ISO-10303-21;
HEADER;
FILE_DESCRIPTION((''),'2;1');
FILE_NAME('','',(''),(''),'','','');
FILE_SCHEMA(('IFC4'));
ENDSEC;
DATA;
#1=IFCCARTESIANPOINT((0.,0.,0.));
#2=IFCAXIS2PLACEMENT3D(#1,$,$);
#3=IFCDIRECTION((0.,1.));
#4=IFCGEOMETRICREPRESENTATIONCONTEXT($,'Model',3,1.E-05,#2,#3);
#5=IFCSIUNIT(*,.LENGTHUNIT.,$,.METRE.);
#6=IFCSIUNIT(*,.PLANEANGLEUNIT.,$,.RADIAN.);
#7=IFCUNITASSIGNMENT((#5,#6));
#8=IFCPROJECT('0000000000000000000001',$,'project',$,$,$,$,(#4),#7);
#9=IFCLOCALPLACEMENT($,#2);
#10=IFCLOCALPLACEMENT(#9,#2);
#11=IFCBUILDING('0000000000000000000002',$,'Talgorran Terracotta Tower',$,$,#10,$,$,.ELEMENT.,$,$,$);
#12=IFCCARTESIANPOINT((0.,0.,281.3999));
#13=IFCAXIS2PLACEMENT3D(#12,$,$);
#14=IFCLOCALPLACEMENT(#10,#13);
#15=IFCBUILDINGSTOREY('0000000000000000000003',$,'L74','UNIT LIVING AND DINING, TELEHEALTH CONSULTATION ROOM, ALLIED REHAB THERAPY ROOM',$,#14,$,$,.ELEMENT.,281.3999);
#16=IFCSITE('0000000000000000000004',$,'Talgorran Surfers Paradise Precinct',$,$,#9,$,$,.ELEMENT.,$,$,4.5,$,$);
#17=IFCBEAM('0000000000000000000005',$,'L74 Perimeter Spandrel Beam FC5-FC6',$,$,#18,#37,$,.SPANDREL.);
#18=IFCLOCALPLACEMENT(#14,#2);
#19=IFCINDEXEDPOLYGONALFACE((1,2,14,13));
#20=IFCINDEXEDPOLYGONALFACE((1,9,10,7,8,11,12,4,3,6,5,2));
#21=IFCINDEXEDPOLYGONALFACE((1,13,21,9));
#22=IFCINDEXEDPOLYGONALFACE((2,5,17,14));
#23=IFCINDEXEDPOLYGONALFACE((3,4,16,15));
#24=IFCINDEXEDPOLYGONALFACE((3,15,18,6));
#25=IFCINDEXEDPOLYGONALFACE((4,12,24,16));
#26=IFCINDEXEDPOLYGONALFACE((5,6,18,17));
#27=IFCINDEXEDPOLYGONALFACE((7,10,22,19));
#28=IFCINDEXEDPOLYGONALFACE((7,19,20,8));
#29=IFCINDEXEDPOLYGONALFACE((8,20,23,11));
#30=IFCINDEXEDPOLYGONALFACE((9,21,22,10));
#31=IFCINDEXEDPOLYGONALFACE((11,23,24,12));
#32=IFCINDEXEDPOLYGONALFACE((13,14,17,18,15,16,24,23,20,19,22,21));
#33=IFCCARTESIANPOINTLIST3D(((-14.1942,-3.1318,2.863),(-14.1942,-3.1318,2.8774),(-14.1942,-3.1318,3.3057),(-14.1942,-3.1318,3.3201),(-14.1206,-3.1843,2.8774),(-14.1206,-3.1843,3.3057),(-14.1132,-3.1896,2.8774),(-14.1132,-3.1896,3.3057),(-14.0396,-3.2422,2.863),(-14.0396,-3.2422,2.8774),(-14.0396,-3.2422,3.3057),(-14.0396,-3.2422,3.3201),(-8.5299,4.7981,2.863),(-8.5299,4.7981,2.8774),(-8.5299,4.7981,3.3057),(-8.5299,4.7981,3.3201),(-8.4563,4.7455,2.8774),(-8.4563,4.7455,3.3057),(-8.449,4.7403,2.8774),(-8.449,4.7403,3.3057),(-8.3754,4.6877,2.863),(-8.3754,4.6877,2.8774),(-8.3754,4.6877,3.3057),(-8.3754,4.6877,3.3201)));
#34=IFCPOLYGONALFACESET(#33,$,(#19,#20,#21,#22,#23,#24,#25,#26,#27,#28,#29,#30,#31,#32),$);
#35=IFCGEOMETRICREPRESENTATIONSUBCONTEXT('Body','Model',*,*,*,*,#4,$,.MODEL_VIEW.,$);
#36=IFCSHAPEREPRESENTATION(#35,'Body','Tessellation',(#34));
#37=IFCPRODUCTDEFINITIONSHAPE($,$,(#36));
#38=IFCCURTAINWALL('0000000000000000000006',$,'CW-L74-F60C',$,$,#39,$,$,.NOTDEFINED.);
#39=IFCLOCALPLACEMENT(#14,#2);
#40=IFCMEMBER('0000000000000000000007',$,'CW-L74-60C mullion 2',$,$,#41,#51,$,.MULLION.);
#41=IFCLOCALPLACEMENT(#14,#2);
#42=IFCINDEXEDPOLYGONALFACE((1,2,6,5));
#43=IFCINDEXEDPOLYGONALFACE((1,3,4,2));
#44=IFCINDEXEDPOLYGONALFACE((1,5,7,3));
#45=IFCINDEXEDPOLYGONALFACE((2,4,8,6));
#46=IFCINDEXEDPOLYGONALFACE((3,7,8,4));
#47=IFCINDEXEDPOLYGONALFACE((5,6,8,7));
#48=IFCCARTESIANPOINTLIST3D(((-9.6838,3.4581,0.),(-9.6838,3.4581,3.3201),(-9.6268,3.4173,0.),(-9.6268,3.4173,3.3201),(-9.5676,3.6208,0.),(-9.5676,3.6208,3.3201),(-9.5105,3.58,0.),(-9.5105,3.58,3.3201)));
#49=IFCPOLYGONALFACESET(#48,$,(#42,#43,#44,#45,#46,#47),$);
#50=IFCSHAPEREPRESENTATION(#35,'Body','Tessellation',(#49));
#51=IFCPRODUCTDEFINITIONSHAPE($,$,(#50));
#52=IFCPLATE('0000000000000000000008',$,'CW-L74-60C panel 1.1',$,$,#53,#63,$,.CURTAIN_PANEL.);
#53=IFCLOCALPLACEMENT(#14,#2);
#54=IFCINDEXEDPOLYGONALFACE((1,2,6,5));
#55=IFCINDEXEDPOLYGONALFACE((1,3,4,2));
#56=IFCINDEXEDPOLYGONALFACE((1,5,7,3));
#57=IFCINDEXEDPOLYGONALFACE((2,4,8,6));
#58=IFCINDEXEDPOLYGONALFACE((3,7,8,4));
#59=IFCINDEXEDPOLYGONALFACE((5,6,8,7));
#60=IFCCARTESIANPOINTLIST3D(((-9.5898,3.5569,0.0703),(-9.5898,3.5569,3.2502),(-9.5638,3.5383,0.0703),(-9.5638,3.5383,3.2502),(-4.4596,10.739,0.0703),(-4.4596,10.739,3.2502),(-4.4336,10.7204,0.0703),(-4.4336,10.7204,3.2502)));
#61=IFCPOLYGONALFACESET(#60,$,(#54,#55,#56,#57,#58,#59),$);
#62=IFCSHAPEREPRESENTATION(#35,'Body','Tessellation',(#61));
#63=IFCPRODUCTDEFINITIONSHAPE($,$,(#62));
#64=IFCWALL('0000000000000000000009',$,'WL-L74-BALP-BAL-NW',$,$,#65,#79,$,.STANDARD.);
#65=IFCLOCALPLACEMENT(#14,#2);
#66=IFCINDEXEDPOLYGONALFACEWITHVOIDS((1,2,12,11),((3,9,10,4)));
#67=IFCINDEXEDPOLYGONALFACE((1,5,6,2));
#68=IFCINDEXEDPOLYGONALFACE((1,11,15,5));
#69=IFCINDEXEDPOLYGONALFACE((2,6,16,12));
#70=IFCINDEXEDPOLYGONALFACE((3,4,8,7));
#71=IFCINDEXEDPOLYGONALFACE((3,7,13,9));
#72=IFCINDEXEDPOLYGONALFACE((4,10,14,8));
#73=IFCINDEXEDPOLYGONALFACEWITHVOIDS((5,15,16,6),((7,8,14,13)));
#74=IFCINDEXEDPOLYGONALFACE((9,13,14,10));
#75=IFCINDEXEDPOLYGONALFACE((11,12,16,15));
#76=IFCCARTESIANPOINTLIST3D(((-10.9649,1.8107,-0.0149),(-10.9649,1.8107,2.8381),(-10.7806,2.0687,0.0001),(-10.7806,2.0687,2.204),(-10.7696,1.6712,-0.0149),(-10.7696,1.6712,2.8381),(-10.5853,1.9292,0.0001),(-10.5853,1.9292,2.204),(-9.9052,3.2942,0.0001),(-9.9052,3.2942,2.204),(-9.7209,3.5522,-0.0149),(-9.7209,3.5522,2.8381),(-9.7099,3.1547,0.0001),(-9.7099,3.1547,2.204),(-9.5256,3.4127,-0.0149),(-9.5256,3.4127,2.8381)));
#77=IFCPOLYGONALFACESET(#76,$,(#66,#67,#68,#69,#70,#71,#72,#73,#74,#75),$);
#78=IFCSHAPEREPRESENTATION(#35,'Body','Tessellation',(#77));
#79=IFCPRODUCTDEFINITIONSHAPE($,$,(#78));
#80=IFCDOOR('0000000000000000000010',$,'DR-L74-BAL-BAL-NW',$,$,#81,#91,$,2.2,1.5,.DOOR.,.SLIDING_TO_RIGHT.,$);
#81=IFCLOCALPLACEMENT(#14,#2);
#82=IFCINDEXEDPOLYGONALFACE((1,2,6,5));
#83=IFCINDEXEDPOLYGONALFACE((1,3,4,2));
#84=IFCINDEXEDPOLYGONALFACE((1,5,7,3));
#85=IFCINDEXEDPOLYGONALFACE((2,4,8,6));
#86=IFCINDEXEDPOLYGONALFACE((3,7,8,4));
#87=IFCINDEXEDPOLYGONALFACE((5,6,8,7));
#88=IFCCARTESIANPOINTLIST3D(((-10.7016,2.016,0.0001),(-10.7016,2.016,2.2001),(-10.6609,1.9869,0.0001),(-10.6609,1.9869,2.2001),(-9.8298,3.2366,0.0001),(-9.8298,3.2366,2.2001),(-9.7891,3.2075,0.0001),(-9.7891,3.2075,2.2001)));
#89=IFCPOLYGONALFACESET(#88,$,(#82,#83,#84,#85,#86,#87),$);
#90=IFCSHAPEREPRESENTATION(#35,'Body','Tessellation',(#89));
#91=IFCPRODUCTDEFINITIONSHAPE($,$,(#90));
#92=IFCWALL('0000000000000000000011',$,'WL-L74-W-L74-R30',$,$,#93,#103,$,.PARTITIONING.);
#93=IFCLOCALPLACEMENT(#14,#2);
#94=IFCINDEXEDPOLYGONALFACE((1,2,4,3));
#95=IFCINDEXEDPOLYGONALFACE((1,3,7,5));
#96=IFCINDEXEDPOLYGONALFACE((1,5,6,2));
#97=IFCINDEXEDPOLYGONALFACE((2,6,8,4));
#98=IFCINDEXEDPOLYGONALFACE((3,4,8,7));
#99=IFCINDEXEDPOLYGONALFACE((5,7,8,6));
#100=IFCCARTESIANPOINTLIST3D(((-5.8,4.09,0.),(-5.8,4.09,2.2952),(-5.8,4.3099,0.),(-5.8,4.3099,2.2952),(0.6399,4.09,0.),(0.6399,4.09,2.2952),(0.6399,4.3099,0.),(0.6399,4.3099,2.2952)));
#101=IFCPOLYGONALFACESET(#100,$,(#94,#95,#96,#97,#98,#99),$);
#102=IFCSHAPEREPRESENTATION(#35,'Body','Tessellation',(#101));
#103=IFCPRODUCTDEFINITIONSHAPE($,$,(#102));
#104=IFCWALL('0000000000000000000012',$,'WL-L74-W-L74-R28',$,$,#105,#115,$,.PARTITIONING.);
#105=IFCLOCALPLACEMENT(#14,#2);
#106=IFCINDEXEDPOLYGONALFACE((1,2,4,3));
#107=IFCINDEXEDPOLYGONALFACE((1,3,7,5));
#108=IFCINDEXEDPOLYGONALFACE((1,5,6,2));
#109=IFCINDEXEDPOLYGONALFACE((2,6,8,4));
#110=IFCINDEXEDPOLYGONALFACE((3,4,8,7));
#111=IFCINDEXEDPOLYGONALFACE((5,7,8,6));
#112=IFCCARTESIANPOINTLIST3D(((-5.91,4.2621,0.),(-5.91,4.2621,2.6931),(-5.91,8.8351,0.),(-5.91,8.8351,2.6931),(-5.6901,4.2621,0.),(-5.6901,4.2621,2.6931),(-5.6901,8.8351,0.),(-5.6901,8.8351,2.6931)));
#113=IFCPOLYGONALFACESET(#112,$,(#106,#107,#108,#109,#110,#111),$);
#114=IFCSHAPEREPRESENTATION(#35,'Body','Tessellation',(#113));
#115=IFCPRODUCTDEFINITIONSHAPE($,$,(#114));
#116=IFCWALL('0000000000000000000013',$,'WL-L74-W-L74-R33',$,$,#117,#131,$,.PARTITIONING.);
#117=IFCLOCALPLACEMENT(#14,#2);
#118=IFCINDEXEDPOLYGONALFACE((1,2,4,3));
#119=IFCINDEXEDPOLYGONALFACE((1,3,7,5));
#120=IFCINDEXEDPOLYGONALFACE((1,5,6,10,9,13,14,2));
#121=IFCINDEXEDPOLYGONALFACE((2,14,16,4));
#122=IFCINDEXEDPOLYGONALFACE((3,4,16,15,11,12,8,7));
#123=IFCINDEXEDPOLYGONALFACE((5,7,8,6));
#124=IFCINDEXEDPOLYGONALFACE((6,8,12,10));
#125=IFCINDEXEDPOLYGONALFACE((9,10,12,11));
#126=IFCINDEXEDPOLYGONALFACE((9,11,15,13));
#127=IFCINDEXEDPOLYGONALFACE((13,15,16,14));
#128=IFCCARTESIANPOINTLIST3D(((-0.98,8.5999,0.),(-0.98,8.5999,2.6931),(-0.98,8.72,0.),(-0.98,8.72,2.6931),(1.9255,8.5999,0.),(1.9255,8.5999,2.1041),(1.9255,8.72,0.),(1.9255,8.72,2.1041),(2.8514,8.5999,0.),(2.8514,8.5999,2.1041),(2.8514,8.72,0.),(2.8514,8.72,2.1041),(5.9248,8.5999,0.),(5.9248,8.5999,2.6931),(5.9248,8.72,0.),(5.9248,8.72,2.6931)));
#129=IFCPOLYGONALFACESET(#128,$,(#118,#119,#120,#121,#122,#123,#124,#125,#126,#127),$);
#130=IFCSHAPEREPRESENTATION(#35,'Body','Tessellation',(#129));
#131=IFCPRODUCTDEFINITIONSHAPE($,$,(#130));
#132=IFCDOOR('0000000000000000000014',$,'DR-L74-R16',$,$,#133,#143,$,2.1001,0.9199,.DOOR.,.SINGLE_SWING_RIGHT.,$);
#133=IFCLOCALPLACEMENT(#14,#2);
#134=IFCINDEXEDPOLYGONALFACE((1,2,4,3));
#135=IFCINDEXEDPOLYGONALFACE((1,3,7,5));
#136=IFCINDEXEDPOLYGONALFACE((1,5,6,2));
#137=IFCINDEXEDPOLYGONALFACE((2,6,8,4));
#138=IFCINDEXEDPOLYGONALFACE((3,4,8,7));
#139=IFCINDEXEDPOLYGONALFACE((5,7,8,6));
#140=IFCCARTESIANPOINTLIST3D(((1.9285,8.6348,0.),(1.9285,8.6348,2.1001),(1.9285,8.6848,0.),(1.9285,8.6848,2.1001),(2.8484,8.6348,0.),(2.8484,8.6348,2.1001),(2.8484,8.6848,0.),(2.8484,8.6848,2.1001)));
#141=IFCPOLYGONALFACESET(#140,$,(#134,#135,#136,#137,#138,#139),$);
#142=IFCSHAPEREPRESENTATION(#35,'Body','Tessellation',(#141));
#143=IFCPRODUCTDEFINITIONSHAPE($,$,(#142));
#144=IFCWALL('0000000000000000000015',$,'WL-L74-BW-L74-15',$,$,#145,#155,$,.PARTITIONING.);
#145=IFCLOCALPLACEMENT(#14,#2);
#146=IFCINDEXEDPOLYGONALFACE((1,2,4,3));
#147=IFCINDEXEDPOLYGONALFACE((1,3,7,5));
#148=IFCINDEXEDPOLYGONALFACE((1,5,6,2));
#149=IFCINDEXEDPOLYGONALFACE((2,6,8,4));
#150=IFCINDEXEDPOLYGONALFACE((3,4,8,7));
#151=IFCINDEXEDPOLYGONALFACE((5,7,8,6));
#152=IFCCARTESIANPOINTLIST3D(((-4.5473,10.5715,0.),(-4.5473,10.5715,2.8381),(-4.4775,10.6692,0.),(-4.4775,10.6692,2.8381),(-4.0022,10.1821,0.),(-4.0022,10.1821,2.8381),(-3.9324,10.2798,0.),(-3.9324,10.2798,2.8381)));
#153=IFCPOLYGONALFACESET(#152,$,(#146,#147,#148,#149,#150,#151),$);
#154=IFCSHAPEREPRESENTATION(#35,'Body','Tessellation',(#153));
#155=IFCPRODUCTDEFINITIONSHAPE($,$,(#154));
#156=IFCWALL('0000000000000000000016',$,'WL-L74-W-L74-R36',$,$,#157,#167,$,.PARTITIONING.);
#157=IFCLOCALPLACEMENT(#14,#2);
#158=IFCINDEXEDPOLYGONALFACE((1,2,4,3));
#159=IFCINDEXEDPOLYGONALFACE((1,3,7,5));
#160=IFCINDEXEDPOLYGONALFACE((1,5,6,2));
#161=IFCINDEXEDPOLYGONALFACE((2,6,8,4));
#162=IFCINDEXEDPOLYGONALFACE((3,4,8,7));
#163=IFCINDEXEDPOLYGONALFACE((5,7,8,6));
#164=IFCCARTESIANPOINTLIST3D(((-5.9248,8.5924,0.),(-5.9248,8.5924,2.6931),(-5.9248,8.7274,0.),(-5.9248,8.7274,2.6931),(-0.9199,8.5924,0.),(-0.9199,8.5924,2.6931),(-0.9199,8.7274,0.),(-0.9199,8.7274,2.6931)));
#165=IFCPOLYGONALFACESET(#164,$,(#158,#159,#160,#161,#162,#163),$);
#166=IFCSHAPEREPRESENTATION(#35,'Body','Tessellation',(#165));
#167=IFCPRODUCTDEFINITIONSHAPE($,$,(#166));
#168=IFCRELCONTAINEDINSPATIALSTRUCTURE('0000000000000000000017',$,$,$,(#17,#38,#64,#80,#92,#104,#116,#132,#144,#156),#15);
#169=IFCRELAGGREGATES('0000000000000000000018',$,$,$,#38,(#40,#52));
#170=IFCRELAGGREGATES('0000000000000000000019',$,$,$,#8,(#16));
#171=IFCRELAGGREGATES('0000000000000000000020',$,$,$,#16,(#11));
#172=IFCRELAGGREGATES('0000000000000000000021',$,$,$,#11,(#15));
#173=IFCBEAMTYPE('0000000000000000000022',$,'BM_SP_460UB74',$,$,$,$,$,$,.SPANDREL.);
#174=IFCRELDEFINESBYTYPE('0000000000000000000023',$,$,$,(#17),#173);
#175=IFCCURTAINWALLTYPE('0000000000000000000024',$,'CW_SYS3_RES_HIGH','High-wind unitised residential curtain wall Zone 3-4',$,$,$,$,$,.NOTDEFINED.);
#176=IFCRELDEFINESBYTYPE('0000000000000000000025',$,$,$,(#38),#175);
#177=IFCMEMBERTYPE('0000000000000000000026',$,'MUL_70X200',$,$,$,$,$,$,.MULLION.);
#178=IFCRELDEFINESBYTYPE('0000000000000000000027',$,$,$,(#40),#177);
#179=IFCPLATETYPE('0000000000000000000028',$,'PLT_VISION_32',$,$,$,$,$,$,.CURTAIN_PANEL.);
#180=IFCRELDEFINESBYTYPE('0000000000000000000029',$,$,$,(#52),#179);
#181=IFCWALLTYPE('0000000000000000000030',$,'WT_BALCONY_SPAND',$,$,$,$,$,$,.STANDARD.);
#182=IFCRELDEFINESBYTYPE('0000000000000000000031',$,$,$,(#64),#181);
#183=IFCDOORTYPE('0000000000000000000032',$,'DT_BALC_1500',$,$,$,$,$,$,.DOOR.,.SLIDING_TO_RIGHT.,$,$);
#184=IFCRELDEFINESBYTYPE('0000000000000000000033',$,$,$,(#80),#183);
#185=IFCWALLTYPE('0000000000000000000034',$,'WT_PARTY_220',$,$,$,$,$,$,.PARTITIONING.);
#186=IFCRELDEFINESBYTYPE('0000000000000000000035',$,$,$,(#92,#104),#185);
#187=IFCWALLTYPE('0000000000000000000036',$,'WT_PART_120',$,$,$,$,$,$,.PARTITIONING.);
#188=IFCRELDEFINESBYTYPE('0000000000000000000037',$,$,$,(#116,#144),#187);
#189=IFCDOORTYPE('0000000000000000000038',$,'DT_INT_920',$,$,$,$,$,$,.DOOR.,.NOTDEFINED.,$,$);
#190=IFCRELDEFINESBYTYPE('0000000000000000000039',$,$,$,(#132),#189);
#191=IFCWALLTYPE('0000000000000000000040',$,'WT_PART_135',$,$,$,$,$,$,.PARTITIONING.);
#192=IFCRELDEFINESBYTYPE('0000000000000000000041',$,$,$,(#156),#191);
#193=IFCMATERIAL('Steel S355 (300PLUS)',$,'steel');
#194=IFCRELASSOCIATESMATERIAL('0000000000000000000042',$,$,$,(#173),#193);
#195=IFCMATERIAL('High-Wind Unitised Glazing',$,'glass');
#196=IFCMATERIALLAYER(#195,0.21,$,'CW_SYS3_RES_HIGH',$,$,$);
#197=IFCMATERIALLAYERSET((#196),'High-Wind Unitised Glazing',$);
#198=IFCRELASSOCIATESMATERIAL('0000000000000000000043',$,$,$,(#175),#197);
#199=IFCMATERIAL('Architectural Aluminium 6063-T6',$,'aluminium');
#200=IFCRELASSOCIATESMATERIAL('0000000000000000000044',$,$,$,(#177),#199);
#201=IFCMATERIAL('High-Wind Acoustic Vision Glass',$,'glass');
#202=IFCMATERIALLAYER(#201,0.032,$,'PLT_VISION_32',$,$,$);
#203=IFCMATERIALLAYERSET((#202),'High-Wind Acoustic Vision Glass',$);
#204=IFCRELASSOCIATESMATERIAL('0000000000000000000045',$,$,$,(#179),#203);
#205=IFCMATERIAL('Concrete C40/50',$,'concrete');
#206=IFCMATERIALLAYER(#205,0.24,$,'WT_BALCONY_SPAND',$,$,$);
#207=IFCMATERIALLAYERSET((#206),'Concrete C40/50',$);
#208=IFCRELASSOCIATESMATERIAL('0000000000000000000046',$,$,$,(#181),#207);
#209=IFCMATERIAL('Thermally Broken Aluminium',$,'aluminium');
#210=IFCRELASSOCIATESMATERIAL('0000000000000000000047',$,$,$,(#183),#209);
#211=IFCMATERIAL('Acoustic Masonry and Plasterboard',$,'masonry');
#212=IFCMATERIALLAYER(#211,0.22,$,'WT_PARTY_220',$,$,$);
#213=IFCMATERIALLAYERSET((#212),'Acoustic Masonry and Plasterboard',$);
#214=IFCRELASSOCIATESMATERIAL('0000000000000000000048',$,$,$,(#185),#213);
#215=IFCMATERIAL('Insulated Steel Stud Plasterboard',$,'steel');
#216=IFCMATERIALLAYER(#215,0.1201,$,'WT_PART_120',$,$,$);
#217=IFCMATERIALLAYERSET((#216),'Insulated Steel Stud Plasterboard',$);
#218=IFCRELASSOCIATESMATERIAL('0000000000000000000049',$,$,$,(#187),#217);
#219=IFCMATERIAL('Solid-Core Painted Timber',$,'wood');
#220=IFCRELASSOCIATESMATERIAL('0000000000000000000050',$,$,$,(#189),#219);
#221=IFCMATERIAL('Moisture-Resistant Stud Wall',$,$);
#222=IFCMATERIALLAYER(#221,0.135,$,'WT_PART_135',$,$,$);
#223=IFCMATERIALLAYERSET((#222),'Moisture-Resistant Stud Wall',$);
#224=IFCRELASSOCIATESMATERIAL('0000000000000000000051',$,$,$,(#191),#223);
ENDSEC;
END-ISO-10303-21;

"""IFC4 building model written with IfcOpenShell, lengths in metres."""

from ifc_helpers import new_model, si_unit, direction, frame, frame_2d, origin, origin_2d, place, context, subcontext, project, spatial, rectangle, i_section, extrude, source, transform, mapped, material, layer, layer_set, material_profile, profile_set, type_object, type_shapes, element, fill, aggregate, save


model = new_model("IFC4")

# Units and contexts
model_context = context("Model", 3, precision=1e-05, world=origin(), true_north=direction((0.0, 1.0)))
body_context = subcontext(model_context, "Body", "Model", "MODEL_VIEW")
ifc_project = project(units=[si_unit("LENGTHUNIT", "METRE"), si_unit("PLANEANGLEUNIT", "RADIAN")], contexts=[model_context])

# Site, building, storey
site_placement = place(None, origin())
site = spatial("IfcSite", under=ifc_project, at=site_placement, Name="Talgorran Surfers Paradise Precinct", CompositionType="ELEMENT", RefElevation=4.5)
building_placement = place(site_placement, origin())
building = spatial("IfcBuilding", under=site, at=building_placement, Name="Talgorran Terracotta Tower", CompositionType="ELEMENT")
storey_placement = place(building_placement, frame((0.0, 0.0, 281.3999)))
storey = spatial("IfcBuildingStorey", under=building, at=storey_placement, Name="L74", Description="UNIT LIVING AND DINING, TELEHEALTH CONSULTATION ROOM, ALLIED REHAB THERAPY ROOM", CompositionType="ELEMENT", Elevation=281.3999)

# Shared definitions
ifc_material_1 = material(Name="Steel S355 (300PLUS)", Category="steel")

# Beam
ifc_material_profile_1 = material_profile(ifc_material_1, i_section(OverallWidth=0.1899, OverallDepth=0.457, WebThickness=0.009, FlangeThickness=0.0144, at=origin_2d()), Name="460UB74.6")
ifc_profile_set_1 = profile_set([ifc_material_profile_1], Name="Steel S355 (300PLUS)")
beam_type_1 = type_object("IfcBeamType", Name="BM_SP_460UB74", PredefinedType="SPANDREL", material=ifc_profile_set_1)
beam_1_placement = place(storey_placement, frame((-8.4526, 4.7429, 3.0916), z_axis=(-0.581243, -0.81373, 0.0), x_axis=(0.81373, -0.581243, 0.0)))
element("IfcBeam", 1, at=beam_1_placement, inside=storey, type_object=beam_type_1, Name="L74 Perimeter Spandrel Beam FC5-FC6", PredefinedType="SPANDREL", context=body_context, shape_type="SweptSolid", body=[
    extrude(i_section(OverallWidth=0.1899, OverallDepth=0.457, WebThickness=0.009, FlangeThickness=0.0144, at=origin_2d()), origin(), (0.0, 0.0, 1.0), 9.7451),
])

# Curtain wall, member, plate
ifc_material_2 = material(Name="High-Wind Unitised Glazing", Category="glass")
ifc_layer_1 = layer(ifc_material_2, 0.21, Name="CW_SYS3_RES_HIGH")
ifc_layer_set_1 = layer_set([ifc_layer_1], Name="High-Wind Unitised Glazing")
curtain_wall_type = type_object("IfcCurtainWallType", Name="CW_SYS3_RES_HIGH", Description="High-wind unitised residential curtain wall Zone 3-4", PredefinedType="NOTDEFINED", material=ifc_layer_set_1)
curtain_wall_placement = place(storey_placement, origin())
curtain_wall = element("IfcCurtainWall", 2, at=curtain_wall_placement, inside=storey, type_object=curtain_wall_type, Name="CW-L74-F60C", PredefinedType="NOTDEFINED")
ifc_material_3 = material(Name="Architectural Aluminium 6063-T6", Category="aluminium")
ifc_material_profile_2 = material_profile(ifc_material_3, rectangle(XDim=0.0701, YDim=0.2, at=origin_2d()), Name="CWM70X200")
ifc_profile_set_2 = profile_set([ifc_material_profile_2], Name="Architectural Aluminium 6063-T6")
member_type = type_object("IfcMemberType", Name="MUL_70X200", PredefinedType="MULLION", material=ifc_profile_set_2)
member_placement = place(storey_placement, frame((-9.5972, 3.519, 0.0), z_axis=(0.0, 0.0, 1.0), x_axis=(0.813728, -0.581246, 0.0)))
member = element("IfcMember", 3, at=member_placement, type_object=member_type, Name="CW-L74-60C mullion 2", PredefinedType="MULLION", context=body_context, shape_type="SweptSolid", body=[
    extrude(rectangle(XDim=0.0701, YDim=0.2, at=origin_2d()), origin(), (0.0, 0.0, 1.0), 3.3201),
])
ifc_material_4 = material(Name="High-Wind Acoustic Vision Glass", Category="glass")
ifc_layer_2 = layer(ifc_material_4, 0.032, Name="PLT_VISION_32")
ifc_layer_set_2 = layer_set([ifc_layer_2], Name="High-Wind Acoustic Vision Glass")
plate_type = type_object("IfcPlateType", Name="PLT_VISION_32", PredefinedType="CURTAIN_PANEL", material=ifc_layer_set_2)
shared_shape = source(origin(), body_context, "Body", "SweptSolid", [
    extrude(rectangle(XDim=8.8262, YDim=0.032, at=origin_2d()), origin(), (0.0, 0.0, 1.0), 3.1799),
])
type_shapes(plate_type, [shared_shape])
plate_placement = place(storey_placement, frame((-7.0117, 7.1387, 0.0703), z_axis=(0.0, 0.0, 1.0), x_axis=(-0.581246, -0.813728, 0.0)))
plate = element("IfcPlate", 4, at=plate_placement, type_object=plate_type, Name="CW-L74-60C panel 1.1", PredefinedType="CURTAIN_PANEL", context=body_context, shape_type="MappedRepresentation", body=[
    mapped(shared_shape, transform((0.0, 0.0, 0.0), scale=1.0)),
])
aggregate(curtain_wall, [member, plate])

# Wall, opening, door
ifc_material_5 = material(Name="Concrete C40/50", Category="concrete")
ifc_layer_3 = layer(ifc_material_5, 0.24, Name="WT_BALCONY_SPAND")
ifc_layer_set_3 = layer_set([ifc_layer_3], Name="Concrete C40/50")
wall_type_1 = type_object("IfcWallType", Name="WT_BALCONY_SPAND", PredefinedType="STANDARD", material=ifc_layer_set_3)
wall_1_placement = place(storey_placement, frame((-9.6233, 3.4824, -0.0149), z_axis=(0.0, 0.0, 1.0), x_axis=(-0.581238, -0.813733, 0.0)))
wall_1 = element("IfcWall", 5, at=wall_1_placement, inside=storey, type_object=wall_type_1, Name="WL-L74-BALP-BAL-NW", PredefinedType="STANDARD", context=body_context, shape_type="SweptSolid", body=[
    extrude(rectangle(XDim=2.1401, YDim=0.24, at=frame_2d((1.0701, 0.0))), origin(), (0.0, 0.0, 1.0), 2.853),
])
opening_1_placement = place(wall_1_placement, frame((0.3201, 0.0, 0.0149)))
opening_1 = element("IfcOpeningElement", 6, at=opening_1_placement, cuts=wall_1, PredefinedType="OPENING", context=body_context, shape_type="SweptSolid", body=[
    extrude(rectangle(XDim=1.506, YDim=2.204, at=frame_2d((0.75, 1.1021))), frame((0.0, 0.1299, 0.0), z_axis=(0.0, -1.0, 0.0), x_axis=(1.0, 0.0, 0.0)), (0.0, 0.0, 1.0), 0.26),
])
ifc_material_6 = material(Name="Thermally Broken Aluminium", Category="aluminium")
door_type_1 = type_object("IfcDoorType", Name="DT_BALC_1500", OperationType="SLIDING_TO_RIGHT", PredefinedType="DOOR", material=ifc_material_6)
door_1_placement = place(opening_1_placement, origin())
door_1 = element("IfcDoor", 7, at=door_1_placement, inside=storey, type_object=door_type_1, Name="DR-L74-BAL-BAL-NW", OperationType="SLIDING_TO_RIGHT", OverallHeight=2.2, OverallWidth=1.5, PredefinedType="DOOR", context=body_context, shape_type="SweptSolid", body=[
    extrude(rectangle(XDim=1.5, YDim=2.2, at=frame_2d((0.75, 1.1001))), frame((0.0, 0.0249, 0.0), z_axis=(0.0, -1.0, 0.0), x_axis=(1.0, 0.0, 0.0)), (0.0, 0.0, 1.0), 0.05),
])
fill(opening_1, door_1)

# Walls
ifc_material_7 = material(Name="Acoustic Masonry and Plasterboard", Category="masonry")
ifc_layer_4 = layer(ifc_material_7, 0.22, Name="WT_PARTY_220")
ifc_layer_set_4 = layer_set([ifc_layer_4], Name="Acoustic Masonry and Plasterboard")
wall_type_2 = type_object("IfcWallType", Name="WT_PARTY_220", PredefinedType="PARTITIONING", material=ifc_layer_set_4)
wall_2_placement = place(storey_placement, frame((-5.8, 4.2, 0.0), z_axis=(0.0, 0.0, 1.0), x_axis=(1.0, 0.0, 0.0)))
element("IfcWall", 8, at=wall_2_placement, inside=storey, type_object=wall_type_2, Name="WL-L74-W-L74-R30", PredefinedType="PARTITIONING", context=body_context, shape_type="SweptSolid", body=[
    extrude(rectangle(XDim=6.4399, YDim=0.22, at=frame_2d((3.22, 0.0))), origin(), (0.0, 0.0, 1.0), 2.2952),
])
wall_3_placement = place(storey_placement, frame((-5.8, 4.262, 0.0), z_axis=(0.0, 0.0, 1.0), x_axis=(0.0, 1.0, 0.0)))
element("IfcWall", 9, at=wall_3_placement, inside=storey, type_object=wall_type_2, Name="WL-L74-W-L74-R28", PredefinedType="PARTITIONING", context=body_context, shape_type="SweptSolid", body=[
    extrude(rectangle(XDim=4.573, YDim=0.22, at=frame_2d((2.2866, 0.0))), origin(), (0.0, 0.0, 1.0), 2.6931),
])

# Wall, opening, door
ifc_material_8 = material(Name="Insulated Steel Stud Plasterboard", Category="steel")
ifc_layer_5 = layer(ifc_material_8, 0.1201, Name="WT_PART_120")
ifc_layer_set_5 = layer_set([ifc_layer_5], Name="Insulated Steel Stud Plasterboard")
wall_type_3 = type_object("IfcWallType", Name="WT_PART_120", PredefinedType="PARTITIONING", material=ifc_layer_set_5)
wall_4_placement = place(storey_placement, frame((-0.98, 8.6599, 0.0), z_axis=(0.0, 0.0, 1.0), x_axis=(1.0, 0.0, 0.0)))
wall_4 = element("IfcWall", 10, at=wall_4_placement, inside=storey, type_object=wall_type_3, Name="WL-L74-W-L74-R33", PredefinedType="PARTITIONING", context=body_context, shape_type="SweptSolid", body=[
    extrude(rectangle(XDim=6.9048, YDim=0.1201, at=frame_2d((3.4524, 0.0))), origin(), (0.0, 0.0, 1.0), 2.6931),
])
opening_2_placement = place(wall_4_placement, frame((2.9084, 0.0, 0.0)))
opening_2 = element("IfcOpeningElement", 11, at=opening_2_placement, cuts=wall_4, PredefinedType="OPENING", context=body_context, shape_type="SweptSolid", body=[
    extrude(rectangle(XDim=0.9259, YDim=2.1041, at=frame_2d((0.46, 1.052))), frame((0.0, 0.0701, 0.0), z_axis=(0.0, -1.0, 0.0), x_axis=(1.0, 0.0, 0.0)), (0.0, 0.0, 1.0), 0.1401),
])
ifc_material_9 = material(Name="Solid-Core Painted Timber", Category="wood")
door_type_2 = type_object("IfcDoorType", Name="DT_INT_920", OperationType="NOTDEFINED", PredefinedType="DOOR", material=ifc_material_9)
door_2_placement = place(opening_2_placement, origin())
door_2 = element("IfcDoor", 12, at=door_2_placement, inside=storey, type_object=door_type_2, Name="DR-L74-R16", OperationType="SINGLE_SWING_RIGHT", OverallHeight=2.1001, OverallWidth=0.9199, PredefinedType="DOOR", context=body_context, shape_type="SweptSolid", body=[
    extrude(rectangle(XDim=0.9199, YDim=2.1001, at=frame_2d((0.46, 1.05))), frame((0.0, 0.0249, 0.0), z_axis=(0.0, -1.0, 0.0), x_axis=(1.0, 0.0, 0.0)), (0.0, 0.0, 1.0), 0.05),
])
fill(opening_2, door_2)

# Walls
wall_5_placement = place(storey_placement, frame((-3.9673, 10.231, 0.0), z_axis=(0.0, 0.0, 1.0), x_axis=(-0.813733, 0.581238, 0.0)))
element("IfcWall", 13, at=wall_5_placement, inside=storey, type_object=wall_type_3, Name="WL-L74-BW-L74-15", PredefinedType="PARTITIONING", context=body_context, shape_type="SweptSolid", body=[
    extrude(rectangle(XDim=0.6699, YDim=0.1201, at=frame_2d((0.335, 0.0))), origin(), (0.0, 0.0, 1.0), 2.8381),
])
ifc_material_10 = material(Name="Moisture-Resistant Stud Wall")
ifc_layer_6 = layer(ifc_material_10, 0.135, Name="WT_PART_135")
ifc_layer_set_6 = layer_set([ifc_layer_6], Name="Moisture-Resistant Stud Wall")
wall_type_4 = type_object("IfcWallType", Name="WT_PART_135", PredefinedType="PARTITIONING", material=ifc_layer_set_6)
wall_6_placement = place(storey_placement, frame((-5.9248, 8.6599, 0.0), z_axis=(0.0, 0.0, 1.0), x_axis=(1.0, 0.0, 0.0)))
element("IfcWall", 14, at=wall_6_placement, inside=storey, type_object=wall_type_4, Name="WL-L74-W-L74-R36", PredefinedType="PARTITIONING", context=body_context, shape_type="SweptSolid", body=[
    extrude(rectangle(XDim=5.0049, YDim=0.135, at=frame_2d((2.5024, 0.0))), origin(), (0.0, 0.0, 1.0), 2.6931),
])

save(model, "model.ifc")
